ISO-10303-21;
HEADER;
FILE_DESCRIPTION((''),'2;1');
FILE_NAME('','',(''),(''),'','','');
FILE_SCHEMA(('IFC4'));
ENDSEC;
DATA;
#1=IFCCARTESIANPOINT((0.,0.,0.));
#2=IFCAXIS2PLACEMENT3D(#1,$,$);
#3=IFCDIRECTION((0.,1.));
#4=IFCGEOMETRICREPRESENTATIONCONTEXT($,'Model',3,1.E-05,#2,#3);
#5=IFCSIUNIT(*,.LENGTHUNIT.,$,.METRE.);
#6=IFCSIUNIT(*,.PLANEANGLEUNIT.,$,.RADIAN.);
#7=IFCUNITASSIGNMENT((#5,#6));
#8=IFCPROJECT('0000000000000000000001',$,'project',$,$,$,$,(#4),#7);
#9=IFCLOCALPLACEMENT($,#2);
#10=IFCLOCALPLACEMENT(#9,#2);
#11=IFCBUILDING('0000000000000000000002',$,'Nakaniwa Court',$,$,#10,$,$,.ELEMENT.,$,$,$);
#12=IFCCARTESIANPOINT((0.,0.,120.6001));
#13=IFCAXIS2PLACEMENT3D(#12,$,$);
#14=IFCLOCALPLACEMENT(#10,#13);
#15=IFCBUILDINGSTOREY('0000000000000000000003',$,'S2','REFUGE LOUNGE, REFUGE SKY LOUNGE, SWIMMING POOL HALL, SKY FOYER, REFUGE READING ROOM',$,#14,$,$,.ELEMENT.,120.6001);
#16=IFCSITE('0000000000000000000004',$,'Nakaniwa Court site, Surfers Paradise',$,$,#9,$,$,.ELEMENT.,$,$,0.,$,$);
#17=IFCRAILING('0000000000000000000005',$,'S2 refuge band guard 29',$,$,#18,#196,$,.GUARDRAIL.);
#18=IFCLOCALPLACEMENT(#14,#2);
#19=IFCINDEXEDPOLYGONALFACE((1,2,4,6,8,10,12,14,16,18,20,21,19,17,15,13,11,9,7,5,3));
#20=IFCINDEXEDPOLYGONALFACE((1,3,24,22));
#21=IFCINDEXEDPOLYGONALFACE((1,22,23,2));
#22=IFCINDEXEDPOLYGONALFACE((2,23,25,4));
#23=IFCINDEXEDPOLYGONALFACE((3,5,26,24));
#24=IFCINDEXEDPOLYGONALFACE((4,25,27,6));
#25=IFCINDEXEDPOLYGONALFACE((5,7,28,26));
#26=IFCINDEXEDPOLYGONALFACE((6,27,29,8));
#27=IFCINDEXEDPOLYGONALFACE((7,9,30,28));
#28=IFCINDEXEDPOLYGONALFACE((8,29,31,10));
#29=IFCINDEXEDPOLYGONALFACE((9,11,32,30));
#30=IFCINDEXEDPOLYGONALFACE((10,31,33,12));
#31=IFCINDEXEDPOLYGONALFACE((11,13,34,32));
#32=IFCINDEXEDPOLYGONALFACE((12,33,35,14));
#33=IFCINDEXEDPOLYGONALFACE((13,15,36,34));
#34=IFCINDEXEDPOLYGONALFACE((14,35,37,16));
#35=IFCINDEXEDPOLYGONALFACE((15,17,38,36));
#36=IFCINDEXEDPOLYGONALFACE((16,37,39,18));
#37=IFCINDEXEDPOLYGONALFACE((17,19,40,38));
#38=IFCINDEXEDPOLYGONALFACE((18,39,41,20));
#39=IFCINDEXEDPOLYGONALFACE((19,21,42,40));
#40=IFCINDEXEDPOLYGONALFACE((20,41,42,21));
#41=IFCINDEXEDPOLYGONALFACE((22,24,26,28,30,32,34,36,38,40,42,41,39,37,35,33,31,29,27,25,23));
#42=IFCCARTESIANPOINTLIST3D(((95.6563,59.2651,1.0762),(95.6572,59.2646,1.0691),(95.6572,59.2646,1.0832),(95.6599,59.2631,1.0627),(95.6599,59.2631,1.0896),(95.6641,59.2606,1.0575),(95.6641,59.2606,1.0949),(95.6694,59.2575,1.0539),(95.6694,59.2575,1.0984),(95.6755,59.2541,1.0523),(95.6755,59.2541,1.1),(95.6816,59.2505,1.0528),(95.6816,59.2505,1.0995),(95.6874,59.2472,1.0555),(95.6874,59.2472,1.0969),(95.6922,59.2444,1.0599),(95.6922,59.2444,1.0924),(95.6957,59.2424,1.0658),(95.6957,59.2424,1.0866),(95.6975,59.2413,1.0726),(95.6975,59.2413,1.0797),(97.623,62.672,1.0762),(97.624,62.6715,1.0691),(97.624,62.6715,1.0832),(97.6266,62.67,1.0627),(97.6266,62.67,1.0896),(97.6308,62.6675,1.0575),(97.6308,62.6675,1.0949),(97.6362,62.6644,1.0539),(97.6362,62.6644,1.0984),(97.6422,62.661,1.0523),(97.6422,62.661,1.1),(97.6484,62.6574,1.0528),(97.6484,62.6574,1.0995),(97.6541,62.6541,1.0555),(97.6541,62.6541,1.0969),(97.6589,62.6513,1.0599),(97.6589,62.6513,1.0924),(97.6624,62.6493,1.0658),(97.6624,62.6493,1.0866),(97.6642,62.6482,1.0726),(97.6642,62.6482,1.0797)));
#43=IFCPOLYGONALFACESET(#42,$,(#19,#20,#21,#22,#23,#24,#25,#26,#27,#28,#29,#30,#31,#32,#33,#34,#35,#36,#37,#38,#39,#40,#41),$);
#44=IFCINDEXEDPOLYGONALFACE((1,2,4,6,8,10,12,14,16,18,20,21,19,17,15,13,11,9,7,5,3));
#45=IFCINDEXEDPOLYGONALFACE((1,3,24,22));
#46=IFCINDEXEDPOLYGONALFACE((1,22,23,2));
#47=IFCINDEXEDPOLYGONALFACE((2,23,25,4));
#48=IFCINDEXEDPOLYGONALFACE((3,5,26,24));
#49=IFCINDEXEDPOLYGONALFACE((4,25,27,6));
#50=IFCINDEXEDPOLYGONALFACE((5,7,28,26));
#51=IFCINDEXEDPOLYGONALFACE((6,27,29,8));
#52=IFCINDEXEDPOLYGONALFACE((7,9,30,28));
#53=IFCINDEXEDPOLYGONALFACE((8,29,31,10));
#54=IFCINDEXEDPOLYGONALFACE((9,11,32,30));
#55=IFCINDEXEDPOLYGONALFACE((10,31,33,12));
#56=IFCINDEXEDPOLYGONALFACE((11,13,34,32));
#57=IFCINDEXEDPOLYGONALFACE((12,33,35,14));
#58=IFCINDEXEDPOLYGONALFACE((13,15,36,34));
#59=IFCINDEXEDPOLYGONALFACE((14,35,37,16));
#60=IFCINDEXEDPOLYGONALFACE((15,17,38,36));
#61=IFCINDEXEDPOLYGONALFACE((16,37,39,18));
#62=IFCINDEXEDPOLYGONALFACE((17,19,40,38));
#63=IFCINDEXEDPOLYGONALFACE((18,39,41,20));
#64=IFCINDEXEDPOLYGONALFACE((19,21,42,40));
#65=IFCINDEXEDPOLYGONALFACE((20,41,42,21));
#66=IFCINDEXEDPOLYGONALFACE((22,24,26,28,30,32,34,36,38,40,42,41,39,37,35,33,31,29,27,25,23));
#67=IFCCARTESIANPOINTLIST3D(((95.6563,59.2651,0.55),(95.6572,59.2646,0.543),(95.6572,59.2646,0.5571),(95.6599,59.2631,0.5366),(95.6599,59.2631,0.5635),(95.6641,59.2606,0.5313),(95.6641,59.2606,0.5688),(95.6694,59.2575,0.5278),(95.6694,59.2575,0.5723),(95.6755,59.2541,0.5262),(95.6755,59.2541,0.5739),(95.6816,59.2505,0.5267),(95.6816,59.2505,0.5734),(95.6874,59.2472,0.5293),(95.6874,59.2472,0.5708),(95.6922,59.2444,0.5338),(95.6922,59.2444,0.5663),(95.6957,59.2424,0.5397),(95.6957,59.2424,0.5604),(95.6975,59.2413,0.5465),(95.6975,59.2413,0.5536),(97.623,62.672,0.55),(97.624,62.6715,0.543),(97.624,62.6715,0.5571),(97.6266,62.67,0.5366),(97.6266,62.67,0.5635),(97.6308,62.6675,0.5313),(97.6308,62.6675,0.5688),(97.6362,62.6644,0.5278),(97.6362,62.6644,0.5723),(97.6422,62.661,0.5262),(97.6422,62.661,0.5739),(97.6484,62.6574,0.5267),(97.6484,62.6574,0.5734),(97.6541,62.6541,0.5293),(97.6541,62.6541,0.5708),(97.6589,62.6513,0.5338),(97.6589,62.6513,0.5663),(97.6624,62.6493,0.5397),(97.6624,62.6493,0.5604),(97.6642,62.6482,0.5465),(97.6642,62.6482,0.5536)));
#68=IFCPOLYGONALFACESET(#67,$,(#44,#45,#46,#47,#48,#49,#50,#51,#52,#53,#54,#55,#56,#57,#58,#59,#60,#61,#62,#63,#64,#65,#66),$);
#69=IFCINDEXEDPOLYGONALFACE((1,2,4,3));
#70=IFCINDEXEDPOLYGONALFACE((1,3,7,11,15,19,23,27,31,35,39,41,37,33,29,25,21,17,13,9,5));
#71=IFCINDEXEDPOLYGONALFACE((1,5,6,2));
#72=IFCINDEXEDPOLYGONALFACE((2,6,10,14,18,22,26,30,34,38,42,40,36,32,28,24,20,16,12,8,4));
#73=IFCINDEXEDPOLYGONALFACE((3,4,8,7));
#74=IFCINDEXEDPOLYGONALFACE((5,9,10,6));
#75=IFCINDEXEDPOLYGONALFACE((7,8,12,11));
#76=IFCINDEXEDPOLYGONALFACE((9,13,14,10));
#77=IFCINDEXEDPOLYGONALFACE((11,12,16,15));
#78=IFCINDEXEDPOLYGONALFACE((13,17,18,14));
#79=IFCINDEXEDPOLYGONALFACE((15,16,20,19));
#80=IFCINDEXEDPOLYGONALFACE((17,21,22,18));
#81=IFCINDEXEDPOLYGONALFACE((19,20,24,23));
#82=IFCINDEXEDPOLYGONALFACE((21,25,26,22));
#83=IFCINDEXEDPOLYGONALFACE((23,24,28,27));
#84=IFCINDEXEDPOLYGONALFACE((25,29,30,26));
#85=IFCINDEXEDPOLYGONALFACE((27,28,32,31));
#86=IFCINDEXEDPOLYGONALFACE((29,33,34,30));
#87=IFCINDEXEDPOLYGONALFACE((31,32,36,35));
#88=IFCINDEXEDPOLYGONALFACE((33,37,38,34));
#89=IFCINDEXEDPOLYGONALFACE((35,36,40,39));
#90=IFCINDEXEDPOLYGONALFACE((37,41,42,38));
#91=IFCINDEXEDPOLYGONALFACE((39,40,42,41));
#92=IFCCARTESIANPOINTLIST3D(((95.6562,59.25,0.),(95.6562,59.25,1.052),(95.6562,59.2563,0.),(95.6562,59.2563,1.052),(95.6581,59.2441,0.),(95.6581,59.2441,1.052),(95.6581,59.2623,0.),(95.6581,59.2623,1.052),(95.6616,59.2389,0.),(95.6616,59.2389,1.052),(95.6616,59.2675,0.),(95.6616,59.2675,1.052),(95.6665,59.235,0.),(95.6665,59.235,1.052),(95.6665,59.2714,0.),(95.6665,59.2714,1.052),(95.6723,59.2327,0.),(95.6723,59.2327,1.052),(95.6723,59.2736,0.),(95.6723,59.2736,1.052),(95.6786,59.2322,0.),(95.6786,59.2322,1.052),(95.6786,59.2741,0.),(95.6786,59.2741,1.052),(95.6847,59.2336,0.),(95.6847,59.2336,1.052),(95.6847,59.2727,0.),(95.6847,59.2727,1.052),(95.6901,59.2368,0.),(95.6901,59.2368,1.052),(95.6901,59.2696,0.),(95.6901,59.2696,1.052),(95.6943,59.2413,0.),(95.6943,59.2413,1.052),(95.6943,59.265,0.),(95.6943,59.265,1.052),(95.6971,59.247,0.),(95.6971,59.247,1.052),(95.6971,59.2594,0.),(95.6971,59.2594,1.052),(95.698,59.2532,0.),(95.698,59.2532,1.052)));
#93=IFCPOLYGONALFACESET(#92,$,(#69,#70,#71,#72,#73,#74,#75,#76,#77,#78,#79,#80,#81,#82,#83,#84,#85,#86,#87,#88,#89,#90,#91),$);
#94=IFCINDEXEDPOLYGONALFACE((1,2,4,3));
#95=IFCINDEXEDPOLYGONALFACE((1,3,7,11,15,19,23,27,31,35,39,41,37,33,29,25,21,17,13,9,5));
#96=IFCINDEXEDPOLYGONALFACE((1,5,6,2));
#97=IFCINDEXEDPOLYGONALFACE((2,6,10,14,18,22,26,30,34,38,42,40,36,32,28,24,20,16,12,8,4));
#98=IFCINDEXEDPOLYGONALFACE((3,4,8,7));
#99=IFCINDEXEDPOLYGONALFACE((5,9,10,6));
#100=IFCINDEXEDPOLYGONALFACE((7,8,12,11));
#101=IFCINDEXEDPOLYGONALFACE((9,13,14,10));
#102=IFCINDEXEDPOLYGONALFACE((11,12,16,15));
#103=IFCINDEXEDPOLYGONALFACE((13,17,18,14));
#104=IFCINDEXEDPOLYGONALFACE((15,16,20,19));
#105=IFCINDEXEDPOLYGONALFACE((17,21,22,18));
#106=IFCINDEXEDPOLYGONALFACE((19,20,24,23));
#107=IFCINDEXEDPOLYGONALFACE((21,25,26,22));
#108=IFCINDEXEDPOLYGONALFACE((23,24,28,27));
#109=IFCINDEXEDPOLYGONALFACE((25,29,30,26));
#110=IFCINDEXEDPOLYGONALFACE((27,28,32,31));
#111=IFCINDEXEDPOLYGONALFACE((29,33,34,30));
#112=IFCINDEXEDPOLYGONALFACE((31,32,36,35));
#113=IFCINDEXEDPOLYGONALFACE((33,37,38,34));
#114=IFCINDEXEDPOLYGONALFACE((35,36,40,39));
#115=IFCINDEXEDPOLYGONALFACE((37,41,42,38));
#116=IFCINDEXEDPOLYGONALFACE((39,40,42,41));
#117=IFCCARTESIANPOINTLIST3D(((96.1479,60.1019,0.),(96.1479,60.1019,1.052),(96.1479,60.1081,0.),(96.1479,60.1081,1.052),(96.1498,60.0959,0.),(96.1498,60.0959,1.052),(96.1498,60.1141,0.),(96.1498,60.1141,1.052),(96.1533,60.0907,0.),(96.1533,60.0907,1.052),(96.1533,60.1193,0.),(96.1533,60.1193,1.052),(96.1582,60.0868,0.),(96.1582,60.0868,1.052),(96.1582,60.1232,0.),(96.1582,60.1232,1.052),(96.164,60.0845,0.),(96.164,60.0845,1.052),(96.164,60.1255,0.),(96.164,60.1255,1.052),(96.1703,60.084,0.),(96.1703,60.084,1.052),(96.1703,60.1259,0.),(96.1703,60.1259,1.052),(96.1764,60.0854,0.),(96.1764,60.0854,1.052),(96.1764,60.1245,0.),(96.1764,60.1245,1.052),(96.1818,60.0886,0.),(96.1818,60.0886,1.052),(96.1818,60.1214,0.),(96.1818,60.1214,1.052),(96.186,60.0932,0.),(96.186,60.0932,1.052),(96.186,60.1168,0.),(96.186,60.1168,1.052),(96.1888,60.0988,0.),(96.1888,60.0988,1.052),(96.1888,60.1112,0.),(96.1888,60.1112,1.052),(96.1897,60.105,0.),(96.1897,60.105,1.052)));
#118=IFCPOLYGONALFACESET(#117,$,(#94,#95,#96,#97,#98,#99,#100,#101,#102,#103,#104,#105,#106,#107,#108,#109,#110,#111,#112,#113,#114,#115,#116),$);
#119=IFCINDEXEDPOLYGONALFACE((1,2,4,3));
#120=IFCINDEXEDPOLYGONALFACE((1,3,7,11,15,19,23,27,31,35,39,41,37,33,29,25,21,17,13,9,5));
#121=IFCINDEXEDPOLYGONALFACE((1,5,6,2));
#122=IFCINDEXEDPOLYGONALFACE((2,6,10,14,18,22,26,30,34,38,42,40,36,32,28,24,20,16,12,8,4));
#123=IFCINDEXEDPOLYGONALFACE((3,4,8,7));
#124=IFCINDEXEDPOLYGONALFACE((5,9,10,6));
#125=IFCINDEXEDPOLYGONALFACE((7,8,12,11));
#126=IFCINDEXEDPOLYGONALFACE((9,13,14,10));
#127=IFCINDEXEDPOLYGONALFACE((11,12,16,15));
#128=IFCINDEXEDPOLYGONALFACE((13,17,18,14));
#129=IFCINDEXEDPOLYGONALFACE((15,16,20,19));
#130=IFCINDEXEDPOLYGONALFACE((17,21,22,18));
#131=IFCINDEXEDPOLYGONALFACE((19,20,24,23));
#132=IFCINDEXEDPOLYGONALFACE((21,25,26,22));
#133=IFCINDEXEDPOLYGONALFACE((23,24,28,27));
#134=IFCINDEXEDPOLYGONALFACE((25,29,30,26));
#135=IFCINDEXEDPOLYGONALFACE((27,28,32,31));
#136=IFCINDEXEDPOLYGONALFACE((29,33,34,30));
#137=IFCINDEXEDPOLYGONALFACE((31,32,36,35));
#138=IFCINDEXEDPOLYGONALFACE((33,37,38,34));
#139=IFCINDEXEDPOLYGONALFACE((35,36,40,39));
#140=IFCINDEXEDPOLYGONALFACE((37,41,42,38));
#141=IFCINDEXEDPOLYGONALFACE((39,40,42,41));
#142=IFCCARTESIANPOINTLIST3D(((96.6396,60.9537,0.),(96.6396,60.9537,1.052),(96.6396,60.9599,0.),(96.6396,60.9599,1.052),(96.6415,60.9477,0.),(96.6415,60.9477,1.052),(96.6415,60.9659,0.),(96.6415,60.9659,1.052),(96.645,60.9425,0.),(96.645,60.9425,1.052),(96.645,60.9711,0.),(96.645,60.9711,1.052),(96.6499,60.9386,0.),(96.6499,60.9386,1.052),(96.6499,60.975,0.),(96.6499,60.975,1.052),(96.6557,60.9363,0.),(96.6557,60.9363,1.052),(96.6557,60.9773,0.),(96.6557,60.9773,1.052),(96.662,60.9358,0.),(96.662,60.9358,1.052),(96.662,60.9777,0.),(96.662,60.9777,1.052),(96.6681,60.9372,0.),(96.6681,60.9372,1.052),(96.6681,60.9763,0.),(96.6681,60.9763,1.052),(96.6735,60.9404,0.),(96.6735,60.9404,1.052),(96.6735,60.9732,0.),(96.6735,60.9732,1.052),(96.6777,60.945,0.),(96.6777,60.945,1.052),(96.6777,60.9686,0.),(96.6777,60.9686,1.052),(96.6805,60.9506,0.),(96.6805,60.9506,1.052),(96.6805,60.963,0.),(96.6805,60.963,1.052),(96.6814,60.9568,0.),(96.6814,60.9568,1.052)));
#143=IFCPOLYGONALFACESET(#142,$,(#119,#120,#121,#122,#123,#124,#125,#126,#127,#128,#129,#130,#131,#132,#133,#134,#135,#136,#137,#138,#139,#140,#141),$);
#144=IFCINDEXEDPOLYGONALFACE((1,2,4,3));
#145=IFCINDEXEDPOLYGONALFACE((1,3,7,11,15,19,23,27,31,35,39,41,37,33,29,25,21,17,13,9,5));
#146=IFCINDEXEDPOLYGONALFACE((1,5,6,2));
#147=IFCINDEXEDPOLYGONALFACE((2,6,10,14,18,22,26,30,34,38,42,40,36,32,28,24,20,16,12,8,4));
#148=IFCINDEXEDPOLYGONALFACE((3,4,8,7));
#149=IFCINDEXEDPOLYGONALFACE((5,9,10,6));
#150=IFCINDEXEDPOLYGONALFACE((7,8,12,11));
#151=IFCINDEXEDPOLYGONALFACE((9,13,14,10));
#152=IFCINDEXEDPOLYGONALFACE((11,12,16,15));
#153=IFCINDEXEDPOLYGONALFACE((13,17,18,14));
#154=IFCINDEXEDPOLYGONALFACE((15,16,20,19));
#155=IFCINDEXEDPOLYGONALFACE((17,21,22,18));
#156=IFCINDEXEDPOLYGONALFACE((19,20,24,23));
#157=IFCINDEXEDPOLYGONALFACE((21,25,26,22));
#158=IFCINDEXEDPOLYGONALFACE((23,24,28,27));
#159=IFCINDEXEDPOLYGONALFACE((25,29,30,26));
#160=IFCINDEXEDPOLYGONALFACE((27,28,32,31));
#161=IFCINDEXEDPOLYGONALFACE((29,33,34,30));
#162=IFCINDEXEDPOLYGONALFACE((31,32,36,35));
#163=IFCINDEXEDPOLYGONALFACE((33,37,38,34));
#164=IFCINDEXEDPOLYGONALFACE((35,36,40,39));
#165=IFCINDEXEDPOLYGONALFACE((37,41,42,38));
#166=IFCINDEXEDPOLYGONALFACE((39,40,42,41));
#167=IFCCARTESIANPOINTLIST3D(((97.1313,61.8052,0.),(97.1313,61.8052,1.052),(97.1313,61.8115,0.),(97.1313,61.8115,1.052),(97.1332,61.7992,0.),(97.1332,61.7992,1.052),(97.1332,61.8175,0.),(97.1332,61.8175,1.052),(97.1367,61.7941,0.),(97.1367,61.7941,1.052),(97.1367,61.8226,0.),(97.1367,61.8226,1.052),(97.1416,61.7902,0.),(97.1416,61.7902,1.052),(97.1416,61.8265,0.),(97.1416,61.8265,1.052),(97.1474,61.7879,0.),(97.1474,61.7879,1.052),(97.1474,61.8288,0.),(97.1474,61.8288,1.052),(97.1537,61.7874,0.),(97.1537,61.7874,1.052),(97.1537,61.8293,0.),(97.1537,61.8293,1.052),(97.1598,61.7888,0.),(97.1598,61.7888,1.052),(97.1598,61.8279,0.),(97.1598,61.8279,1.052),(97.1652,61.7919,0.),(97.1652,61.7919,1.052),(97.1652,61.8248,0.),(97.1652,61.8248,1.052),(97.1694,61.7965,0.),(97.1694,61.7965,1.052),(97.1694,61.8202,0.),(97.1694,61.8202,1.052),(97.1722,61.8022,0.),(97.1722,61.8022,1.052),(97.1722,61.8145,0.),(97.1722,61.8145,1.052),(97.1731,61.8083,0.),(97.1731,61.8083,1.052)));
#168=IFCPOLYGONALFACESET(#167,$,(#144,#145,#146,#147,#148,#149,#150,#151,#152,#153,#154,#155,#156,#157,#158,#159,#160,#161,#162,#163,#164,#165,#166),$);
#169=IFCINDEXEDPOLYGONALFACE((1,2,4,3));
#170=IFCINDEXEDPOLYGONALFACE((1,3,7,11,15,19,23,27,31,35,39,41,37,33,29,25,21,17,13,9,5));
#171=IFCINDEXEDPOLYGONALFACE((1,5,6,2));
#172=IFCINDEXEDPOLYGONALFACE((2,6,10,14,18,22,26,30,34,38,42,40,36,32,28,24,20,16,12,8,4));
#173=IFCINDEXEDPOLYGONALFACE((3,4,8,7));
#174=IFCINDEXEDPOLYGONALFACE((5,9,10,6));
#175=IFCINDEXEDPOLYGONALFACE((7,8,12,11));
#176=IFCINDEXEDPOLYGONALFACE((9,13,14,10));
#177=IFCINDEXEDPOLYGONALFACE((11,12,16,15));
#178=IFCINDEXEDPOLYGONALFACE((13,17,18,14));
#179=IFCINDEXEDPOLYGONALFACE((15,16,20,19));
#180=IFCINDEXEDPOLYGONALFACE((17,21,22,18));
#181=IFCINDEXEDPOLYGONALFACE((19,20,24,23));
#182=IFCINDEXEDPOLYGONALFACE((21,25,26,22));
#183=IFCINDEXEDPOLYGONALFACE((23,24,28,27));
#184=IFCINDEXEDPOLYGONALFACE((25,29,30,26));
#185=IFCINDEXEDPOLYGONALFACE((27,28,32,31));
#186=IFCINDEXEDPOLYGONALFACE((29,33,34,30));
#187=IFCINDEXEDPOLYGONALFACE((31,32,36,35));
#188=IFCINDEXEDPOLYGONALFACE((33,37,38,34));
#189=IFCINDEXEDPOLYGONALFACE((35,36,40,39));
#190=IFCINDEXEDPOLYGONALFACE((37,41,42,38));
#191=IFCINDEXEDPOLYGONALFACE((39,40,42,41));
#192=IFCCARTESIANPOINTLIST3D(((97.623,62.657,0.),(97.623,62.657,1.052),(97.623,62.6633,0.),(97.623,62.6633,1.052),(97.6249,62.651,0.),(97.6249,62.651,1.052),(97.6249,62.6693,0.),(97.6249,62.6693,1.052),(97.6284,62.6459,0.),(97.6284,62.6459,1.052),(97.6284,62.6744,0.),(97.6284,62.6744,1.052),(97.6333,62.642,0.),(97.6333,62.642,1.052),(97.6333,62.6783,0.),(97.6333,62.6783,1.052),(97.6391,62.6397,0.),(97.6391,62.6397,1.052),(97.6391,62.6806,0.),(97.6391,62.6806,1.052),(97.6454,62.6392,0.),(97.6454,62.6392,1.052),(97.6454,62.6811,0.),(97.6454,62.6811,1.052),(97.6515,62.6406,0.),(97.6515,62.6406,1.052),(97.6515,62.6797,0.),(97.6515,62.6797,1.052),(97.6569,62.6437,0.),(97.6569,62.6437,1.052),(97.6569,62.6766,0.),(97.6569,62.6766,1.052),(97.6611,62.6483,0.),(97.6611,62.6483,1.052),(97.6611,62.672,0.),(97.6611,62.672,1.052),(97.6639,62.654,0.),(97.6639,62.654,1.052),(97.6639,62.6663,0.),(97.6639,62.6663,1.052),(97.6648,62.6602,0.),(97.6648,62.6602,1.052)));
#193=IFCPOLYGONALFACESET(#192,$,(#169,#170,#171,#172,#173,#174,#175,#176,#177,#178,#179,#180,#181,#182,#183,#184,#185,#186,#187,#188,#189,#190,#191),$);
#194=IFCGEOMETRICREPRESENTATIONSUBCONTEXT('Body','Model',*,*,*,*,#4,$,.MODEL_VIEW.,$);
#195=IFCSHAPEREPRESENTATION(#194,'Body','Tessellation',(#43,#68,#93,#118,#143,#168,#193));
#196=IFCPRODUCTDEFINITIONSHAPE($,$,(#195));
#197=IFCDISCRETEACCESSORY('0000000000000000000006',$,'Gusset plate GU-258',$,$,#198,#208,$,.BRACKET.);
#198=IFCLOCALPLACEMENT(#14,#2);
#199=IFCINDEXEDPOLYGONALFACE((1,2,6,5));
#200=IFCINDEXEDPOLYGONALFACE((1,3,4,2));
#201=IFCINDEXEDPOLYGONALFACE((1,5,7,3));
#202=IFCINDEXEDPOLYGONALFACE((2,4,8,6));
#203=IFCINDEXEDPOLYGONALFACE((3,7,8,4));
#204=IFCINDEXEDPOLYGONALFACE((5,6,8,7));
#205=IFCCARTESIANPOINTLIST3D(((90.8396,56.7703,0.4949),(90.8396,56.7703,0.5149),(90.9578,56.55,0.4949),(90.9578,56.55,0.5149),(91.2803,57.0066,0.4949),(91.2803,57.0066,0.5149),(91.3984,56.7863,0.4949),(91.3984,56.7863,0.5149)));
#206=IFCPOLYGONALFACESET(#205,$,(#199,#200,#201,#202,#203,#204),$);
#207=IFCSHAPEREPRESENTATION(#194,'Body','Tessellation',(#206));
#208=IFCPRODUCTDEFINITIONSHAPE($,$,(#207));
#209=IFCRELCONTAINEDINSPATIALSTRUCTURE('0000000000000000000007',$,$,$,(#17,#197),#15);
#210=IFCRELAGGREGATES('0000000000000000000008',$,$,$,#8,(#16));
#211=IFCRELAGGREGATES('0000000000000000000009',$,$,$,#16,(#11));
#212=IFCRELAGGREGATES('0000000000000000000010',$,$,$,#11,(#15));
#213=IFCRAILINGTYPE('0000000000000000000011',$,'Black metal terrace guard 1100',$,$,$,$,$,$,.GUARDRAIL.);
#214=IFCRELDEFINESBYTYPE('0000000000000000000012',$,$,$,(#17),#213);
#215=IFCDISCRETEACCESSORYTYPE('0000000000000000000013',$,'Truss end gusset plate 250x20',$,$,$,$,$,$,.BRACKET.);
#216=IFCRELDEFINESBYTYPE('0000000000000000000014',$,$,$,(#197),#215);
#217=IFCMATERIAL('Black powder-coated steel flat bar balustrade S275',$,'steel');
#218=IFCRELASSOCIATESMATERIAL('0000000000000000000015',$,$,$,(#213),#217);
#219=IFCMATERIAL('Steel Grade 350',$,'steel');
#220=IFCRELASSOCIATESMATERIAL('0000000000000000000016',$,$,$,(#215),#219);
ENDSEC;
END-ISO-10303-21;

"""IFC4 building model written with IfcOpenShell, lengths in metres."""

from ifc_helpers import new_model, si_unit, direction, frame, origin, origin_2d, place, context, subcontext, project, spatial, rectangle, circle, extrude, material, material_profile, profile_set, type_object, element, save


model = new_model("IFC4")

# Units and contexts
model_context = context("Model", 3, precision=1e-05, world=origin(), true_north=direction((0.0, 1.0)))
body_context = subcontext(model_context, "Body", "Model", "MODEL_VIEW")
ifc_project = project(units=[si_unit("LENGTHUNIT", "METRE"), si_unit("PLANEANGLEUNIT", "RADIAN")], contexts=[model_context])

# Site, building, storey
site_placement = place(None, origin())
site = spatial("IfcSite", under=ifc_project, at=site_placement, Name="Nakaniwa Court site, Surfers Paradise", CompositionType="ELEMENT", RefElevation=0.0)
building_placement = place(site_placement, origin())
building = spatial("IfcBuilding", under=site, at=building_placement, Name="Nakaniwa Court", CompositionType="ELEMENT")
storey_placement = place(building_placement, frame((0.0, 0.0, 120.6001)))
storey = spatial("IfcBuildingStorey", under=building, at=storey_placement, Name="S2", Description="REFUGE LOUNGE, REFUGE SKY LOUNGE, SWIMMING POOL HALL, SKY FOYER, REFUGE READING ROOM", CompositionType="ELEMENT", Elevation=120.6001)

# Shared definitions
ifc_material_1 = material(Name="Steel Grade 350", Category="steel")

# Railing
ifc_material_2 = material(Name="Black powder-coated steel flat bar balustrade S275", Category="steel")
railing_type = type_object("IfcRailingType", Name="Black metal terrace guard 1100", PredefinedType="GUARDRAIL", material=ifc_material_2)
railing_1_placement = place(storey_placement, frame((95.677, 59.2532, 0.0)))
element("IfcRailing", 1, at=railing_1_placement, inside=storey, type_object=railing_type, Name="S2 refuge band guard 29", PredefinedType="GUARDRAIL", context=body_context, shape_type="SweptSolid", body=[
    extrude(circle(Radius=0.0239, at=origin_2d()), frame((0.0, 0.0, 1.0762), z_axis=(0.499957, 0.86605, 0.0), x_axis=(-0.86605, 0.499957, 0.0)), (0.0, 0.0, 1.0), 3.9338),
    extrude(circle(Radius=0.0239, at=origin_2d()), frame((0.0, 0.0, 0.55), z_axis=(0.499957, 0.86605, 0.0), x_axis=(-0.86605, 0.499957, 0.0)), (0.0, 0.0, 1.0), 3.9338),
    extrude(circle(Radius=0.021, at=origin_2d()), origin(), (0.0, 0.0, 1.0), 1.052),
    extrude(circle(Radius=0.021, at=origin_2d()), frame((0.4917, 0.8518, 0.0)), (0.0, 0.0, 1.0), 1.052),
    extrude(circle(Radius=0.021, at=origin_2d()), frame((0.9834, 1.7036, 0.0)), (0.0, 0.0, 1.0), 1.052),
    extrude(circle(Radius=0.021, at=origin_2d()), frame((1.4751, 2.5552, 0.0)), (0.0, 0.0, 1.0), 1.052),
    extrude(circle(Radius=0.021, at=origin_2d()), frame((1.9668, 3.407, 0.0)), (0.0, 0.0, 1.0), 1.052),
])

# Discrete accessory
ifc_material_profile_1 = material_profile(ifc_material_1, rectangle(XDim=0.25, YDim=0.02, at=origin_2d()), Name="Truss end gusset plate 250x20")
ifc_profile_set_1 = profile_set([ifc_material_profile_1], Name="Steel Grade 350")
discrete_accessory_type = type_object("IfcDiscreteAccessoryType", Name="Truss end gusset plate 250x20", PredefinedType="BRACKET", material=ifc_profile_set_1)
for number, where, z_axis, x_axis, name in (
    (2, (91.3394, 56.8965, 0.5049), (-0.881269, -0.472614, 0.0), (0.472614, -0.881269, 0.0), "Gusset plate GU-258"),
):
    element("IfcDiscreteAccessory", number, at=place(storey_placement, frame(where, z_axis=z_axis, x_axis=x_axis)), inside=storey, type_object=discrete_accessory_type, Name=name, PredefinedType="BRACKET", context=body_context, shape_type="SweptSolid", body=[
        extrude(rectangle(XDim=0.25, YDim=0.02, at=origin_2d()), origin(), (0.0, 0.0, 1.0), 0.5),
    ])

save(model, "model.ifc")
